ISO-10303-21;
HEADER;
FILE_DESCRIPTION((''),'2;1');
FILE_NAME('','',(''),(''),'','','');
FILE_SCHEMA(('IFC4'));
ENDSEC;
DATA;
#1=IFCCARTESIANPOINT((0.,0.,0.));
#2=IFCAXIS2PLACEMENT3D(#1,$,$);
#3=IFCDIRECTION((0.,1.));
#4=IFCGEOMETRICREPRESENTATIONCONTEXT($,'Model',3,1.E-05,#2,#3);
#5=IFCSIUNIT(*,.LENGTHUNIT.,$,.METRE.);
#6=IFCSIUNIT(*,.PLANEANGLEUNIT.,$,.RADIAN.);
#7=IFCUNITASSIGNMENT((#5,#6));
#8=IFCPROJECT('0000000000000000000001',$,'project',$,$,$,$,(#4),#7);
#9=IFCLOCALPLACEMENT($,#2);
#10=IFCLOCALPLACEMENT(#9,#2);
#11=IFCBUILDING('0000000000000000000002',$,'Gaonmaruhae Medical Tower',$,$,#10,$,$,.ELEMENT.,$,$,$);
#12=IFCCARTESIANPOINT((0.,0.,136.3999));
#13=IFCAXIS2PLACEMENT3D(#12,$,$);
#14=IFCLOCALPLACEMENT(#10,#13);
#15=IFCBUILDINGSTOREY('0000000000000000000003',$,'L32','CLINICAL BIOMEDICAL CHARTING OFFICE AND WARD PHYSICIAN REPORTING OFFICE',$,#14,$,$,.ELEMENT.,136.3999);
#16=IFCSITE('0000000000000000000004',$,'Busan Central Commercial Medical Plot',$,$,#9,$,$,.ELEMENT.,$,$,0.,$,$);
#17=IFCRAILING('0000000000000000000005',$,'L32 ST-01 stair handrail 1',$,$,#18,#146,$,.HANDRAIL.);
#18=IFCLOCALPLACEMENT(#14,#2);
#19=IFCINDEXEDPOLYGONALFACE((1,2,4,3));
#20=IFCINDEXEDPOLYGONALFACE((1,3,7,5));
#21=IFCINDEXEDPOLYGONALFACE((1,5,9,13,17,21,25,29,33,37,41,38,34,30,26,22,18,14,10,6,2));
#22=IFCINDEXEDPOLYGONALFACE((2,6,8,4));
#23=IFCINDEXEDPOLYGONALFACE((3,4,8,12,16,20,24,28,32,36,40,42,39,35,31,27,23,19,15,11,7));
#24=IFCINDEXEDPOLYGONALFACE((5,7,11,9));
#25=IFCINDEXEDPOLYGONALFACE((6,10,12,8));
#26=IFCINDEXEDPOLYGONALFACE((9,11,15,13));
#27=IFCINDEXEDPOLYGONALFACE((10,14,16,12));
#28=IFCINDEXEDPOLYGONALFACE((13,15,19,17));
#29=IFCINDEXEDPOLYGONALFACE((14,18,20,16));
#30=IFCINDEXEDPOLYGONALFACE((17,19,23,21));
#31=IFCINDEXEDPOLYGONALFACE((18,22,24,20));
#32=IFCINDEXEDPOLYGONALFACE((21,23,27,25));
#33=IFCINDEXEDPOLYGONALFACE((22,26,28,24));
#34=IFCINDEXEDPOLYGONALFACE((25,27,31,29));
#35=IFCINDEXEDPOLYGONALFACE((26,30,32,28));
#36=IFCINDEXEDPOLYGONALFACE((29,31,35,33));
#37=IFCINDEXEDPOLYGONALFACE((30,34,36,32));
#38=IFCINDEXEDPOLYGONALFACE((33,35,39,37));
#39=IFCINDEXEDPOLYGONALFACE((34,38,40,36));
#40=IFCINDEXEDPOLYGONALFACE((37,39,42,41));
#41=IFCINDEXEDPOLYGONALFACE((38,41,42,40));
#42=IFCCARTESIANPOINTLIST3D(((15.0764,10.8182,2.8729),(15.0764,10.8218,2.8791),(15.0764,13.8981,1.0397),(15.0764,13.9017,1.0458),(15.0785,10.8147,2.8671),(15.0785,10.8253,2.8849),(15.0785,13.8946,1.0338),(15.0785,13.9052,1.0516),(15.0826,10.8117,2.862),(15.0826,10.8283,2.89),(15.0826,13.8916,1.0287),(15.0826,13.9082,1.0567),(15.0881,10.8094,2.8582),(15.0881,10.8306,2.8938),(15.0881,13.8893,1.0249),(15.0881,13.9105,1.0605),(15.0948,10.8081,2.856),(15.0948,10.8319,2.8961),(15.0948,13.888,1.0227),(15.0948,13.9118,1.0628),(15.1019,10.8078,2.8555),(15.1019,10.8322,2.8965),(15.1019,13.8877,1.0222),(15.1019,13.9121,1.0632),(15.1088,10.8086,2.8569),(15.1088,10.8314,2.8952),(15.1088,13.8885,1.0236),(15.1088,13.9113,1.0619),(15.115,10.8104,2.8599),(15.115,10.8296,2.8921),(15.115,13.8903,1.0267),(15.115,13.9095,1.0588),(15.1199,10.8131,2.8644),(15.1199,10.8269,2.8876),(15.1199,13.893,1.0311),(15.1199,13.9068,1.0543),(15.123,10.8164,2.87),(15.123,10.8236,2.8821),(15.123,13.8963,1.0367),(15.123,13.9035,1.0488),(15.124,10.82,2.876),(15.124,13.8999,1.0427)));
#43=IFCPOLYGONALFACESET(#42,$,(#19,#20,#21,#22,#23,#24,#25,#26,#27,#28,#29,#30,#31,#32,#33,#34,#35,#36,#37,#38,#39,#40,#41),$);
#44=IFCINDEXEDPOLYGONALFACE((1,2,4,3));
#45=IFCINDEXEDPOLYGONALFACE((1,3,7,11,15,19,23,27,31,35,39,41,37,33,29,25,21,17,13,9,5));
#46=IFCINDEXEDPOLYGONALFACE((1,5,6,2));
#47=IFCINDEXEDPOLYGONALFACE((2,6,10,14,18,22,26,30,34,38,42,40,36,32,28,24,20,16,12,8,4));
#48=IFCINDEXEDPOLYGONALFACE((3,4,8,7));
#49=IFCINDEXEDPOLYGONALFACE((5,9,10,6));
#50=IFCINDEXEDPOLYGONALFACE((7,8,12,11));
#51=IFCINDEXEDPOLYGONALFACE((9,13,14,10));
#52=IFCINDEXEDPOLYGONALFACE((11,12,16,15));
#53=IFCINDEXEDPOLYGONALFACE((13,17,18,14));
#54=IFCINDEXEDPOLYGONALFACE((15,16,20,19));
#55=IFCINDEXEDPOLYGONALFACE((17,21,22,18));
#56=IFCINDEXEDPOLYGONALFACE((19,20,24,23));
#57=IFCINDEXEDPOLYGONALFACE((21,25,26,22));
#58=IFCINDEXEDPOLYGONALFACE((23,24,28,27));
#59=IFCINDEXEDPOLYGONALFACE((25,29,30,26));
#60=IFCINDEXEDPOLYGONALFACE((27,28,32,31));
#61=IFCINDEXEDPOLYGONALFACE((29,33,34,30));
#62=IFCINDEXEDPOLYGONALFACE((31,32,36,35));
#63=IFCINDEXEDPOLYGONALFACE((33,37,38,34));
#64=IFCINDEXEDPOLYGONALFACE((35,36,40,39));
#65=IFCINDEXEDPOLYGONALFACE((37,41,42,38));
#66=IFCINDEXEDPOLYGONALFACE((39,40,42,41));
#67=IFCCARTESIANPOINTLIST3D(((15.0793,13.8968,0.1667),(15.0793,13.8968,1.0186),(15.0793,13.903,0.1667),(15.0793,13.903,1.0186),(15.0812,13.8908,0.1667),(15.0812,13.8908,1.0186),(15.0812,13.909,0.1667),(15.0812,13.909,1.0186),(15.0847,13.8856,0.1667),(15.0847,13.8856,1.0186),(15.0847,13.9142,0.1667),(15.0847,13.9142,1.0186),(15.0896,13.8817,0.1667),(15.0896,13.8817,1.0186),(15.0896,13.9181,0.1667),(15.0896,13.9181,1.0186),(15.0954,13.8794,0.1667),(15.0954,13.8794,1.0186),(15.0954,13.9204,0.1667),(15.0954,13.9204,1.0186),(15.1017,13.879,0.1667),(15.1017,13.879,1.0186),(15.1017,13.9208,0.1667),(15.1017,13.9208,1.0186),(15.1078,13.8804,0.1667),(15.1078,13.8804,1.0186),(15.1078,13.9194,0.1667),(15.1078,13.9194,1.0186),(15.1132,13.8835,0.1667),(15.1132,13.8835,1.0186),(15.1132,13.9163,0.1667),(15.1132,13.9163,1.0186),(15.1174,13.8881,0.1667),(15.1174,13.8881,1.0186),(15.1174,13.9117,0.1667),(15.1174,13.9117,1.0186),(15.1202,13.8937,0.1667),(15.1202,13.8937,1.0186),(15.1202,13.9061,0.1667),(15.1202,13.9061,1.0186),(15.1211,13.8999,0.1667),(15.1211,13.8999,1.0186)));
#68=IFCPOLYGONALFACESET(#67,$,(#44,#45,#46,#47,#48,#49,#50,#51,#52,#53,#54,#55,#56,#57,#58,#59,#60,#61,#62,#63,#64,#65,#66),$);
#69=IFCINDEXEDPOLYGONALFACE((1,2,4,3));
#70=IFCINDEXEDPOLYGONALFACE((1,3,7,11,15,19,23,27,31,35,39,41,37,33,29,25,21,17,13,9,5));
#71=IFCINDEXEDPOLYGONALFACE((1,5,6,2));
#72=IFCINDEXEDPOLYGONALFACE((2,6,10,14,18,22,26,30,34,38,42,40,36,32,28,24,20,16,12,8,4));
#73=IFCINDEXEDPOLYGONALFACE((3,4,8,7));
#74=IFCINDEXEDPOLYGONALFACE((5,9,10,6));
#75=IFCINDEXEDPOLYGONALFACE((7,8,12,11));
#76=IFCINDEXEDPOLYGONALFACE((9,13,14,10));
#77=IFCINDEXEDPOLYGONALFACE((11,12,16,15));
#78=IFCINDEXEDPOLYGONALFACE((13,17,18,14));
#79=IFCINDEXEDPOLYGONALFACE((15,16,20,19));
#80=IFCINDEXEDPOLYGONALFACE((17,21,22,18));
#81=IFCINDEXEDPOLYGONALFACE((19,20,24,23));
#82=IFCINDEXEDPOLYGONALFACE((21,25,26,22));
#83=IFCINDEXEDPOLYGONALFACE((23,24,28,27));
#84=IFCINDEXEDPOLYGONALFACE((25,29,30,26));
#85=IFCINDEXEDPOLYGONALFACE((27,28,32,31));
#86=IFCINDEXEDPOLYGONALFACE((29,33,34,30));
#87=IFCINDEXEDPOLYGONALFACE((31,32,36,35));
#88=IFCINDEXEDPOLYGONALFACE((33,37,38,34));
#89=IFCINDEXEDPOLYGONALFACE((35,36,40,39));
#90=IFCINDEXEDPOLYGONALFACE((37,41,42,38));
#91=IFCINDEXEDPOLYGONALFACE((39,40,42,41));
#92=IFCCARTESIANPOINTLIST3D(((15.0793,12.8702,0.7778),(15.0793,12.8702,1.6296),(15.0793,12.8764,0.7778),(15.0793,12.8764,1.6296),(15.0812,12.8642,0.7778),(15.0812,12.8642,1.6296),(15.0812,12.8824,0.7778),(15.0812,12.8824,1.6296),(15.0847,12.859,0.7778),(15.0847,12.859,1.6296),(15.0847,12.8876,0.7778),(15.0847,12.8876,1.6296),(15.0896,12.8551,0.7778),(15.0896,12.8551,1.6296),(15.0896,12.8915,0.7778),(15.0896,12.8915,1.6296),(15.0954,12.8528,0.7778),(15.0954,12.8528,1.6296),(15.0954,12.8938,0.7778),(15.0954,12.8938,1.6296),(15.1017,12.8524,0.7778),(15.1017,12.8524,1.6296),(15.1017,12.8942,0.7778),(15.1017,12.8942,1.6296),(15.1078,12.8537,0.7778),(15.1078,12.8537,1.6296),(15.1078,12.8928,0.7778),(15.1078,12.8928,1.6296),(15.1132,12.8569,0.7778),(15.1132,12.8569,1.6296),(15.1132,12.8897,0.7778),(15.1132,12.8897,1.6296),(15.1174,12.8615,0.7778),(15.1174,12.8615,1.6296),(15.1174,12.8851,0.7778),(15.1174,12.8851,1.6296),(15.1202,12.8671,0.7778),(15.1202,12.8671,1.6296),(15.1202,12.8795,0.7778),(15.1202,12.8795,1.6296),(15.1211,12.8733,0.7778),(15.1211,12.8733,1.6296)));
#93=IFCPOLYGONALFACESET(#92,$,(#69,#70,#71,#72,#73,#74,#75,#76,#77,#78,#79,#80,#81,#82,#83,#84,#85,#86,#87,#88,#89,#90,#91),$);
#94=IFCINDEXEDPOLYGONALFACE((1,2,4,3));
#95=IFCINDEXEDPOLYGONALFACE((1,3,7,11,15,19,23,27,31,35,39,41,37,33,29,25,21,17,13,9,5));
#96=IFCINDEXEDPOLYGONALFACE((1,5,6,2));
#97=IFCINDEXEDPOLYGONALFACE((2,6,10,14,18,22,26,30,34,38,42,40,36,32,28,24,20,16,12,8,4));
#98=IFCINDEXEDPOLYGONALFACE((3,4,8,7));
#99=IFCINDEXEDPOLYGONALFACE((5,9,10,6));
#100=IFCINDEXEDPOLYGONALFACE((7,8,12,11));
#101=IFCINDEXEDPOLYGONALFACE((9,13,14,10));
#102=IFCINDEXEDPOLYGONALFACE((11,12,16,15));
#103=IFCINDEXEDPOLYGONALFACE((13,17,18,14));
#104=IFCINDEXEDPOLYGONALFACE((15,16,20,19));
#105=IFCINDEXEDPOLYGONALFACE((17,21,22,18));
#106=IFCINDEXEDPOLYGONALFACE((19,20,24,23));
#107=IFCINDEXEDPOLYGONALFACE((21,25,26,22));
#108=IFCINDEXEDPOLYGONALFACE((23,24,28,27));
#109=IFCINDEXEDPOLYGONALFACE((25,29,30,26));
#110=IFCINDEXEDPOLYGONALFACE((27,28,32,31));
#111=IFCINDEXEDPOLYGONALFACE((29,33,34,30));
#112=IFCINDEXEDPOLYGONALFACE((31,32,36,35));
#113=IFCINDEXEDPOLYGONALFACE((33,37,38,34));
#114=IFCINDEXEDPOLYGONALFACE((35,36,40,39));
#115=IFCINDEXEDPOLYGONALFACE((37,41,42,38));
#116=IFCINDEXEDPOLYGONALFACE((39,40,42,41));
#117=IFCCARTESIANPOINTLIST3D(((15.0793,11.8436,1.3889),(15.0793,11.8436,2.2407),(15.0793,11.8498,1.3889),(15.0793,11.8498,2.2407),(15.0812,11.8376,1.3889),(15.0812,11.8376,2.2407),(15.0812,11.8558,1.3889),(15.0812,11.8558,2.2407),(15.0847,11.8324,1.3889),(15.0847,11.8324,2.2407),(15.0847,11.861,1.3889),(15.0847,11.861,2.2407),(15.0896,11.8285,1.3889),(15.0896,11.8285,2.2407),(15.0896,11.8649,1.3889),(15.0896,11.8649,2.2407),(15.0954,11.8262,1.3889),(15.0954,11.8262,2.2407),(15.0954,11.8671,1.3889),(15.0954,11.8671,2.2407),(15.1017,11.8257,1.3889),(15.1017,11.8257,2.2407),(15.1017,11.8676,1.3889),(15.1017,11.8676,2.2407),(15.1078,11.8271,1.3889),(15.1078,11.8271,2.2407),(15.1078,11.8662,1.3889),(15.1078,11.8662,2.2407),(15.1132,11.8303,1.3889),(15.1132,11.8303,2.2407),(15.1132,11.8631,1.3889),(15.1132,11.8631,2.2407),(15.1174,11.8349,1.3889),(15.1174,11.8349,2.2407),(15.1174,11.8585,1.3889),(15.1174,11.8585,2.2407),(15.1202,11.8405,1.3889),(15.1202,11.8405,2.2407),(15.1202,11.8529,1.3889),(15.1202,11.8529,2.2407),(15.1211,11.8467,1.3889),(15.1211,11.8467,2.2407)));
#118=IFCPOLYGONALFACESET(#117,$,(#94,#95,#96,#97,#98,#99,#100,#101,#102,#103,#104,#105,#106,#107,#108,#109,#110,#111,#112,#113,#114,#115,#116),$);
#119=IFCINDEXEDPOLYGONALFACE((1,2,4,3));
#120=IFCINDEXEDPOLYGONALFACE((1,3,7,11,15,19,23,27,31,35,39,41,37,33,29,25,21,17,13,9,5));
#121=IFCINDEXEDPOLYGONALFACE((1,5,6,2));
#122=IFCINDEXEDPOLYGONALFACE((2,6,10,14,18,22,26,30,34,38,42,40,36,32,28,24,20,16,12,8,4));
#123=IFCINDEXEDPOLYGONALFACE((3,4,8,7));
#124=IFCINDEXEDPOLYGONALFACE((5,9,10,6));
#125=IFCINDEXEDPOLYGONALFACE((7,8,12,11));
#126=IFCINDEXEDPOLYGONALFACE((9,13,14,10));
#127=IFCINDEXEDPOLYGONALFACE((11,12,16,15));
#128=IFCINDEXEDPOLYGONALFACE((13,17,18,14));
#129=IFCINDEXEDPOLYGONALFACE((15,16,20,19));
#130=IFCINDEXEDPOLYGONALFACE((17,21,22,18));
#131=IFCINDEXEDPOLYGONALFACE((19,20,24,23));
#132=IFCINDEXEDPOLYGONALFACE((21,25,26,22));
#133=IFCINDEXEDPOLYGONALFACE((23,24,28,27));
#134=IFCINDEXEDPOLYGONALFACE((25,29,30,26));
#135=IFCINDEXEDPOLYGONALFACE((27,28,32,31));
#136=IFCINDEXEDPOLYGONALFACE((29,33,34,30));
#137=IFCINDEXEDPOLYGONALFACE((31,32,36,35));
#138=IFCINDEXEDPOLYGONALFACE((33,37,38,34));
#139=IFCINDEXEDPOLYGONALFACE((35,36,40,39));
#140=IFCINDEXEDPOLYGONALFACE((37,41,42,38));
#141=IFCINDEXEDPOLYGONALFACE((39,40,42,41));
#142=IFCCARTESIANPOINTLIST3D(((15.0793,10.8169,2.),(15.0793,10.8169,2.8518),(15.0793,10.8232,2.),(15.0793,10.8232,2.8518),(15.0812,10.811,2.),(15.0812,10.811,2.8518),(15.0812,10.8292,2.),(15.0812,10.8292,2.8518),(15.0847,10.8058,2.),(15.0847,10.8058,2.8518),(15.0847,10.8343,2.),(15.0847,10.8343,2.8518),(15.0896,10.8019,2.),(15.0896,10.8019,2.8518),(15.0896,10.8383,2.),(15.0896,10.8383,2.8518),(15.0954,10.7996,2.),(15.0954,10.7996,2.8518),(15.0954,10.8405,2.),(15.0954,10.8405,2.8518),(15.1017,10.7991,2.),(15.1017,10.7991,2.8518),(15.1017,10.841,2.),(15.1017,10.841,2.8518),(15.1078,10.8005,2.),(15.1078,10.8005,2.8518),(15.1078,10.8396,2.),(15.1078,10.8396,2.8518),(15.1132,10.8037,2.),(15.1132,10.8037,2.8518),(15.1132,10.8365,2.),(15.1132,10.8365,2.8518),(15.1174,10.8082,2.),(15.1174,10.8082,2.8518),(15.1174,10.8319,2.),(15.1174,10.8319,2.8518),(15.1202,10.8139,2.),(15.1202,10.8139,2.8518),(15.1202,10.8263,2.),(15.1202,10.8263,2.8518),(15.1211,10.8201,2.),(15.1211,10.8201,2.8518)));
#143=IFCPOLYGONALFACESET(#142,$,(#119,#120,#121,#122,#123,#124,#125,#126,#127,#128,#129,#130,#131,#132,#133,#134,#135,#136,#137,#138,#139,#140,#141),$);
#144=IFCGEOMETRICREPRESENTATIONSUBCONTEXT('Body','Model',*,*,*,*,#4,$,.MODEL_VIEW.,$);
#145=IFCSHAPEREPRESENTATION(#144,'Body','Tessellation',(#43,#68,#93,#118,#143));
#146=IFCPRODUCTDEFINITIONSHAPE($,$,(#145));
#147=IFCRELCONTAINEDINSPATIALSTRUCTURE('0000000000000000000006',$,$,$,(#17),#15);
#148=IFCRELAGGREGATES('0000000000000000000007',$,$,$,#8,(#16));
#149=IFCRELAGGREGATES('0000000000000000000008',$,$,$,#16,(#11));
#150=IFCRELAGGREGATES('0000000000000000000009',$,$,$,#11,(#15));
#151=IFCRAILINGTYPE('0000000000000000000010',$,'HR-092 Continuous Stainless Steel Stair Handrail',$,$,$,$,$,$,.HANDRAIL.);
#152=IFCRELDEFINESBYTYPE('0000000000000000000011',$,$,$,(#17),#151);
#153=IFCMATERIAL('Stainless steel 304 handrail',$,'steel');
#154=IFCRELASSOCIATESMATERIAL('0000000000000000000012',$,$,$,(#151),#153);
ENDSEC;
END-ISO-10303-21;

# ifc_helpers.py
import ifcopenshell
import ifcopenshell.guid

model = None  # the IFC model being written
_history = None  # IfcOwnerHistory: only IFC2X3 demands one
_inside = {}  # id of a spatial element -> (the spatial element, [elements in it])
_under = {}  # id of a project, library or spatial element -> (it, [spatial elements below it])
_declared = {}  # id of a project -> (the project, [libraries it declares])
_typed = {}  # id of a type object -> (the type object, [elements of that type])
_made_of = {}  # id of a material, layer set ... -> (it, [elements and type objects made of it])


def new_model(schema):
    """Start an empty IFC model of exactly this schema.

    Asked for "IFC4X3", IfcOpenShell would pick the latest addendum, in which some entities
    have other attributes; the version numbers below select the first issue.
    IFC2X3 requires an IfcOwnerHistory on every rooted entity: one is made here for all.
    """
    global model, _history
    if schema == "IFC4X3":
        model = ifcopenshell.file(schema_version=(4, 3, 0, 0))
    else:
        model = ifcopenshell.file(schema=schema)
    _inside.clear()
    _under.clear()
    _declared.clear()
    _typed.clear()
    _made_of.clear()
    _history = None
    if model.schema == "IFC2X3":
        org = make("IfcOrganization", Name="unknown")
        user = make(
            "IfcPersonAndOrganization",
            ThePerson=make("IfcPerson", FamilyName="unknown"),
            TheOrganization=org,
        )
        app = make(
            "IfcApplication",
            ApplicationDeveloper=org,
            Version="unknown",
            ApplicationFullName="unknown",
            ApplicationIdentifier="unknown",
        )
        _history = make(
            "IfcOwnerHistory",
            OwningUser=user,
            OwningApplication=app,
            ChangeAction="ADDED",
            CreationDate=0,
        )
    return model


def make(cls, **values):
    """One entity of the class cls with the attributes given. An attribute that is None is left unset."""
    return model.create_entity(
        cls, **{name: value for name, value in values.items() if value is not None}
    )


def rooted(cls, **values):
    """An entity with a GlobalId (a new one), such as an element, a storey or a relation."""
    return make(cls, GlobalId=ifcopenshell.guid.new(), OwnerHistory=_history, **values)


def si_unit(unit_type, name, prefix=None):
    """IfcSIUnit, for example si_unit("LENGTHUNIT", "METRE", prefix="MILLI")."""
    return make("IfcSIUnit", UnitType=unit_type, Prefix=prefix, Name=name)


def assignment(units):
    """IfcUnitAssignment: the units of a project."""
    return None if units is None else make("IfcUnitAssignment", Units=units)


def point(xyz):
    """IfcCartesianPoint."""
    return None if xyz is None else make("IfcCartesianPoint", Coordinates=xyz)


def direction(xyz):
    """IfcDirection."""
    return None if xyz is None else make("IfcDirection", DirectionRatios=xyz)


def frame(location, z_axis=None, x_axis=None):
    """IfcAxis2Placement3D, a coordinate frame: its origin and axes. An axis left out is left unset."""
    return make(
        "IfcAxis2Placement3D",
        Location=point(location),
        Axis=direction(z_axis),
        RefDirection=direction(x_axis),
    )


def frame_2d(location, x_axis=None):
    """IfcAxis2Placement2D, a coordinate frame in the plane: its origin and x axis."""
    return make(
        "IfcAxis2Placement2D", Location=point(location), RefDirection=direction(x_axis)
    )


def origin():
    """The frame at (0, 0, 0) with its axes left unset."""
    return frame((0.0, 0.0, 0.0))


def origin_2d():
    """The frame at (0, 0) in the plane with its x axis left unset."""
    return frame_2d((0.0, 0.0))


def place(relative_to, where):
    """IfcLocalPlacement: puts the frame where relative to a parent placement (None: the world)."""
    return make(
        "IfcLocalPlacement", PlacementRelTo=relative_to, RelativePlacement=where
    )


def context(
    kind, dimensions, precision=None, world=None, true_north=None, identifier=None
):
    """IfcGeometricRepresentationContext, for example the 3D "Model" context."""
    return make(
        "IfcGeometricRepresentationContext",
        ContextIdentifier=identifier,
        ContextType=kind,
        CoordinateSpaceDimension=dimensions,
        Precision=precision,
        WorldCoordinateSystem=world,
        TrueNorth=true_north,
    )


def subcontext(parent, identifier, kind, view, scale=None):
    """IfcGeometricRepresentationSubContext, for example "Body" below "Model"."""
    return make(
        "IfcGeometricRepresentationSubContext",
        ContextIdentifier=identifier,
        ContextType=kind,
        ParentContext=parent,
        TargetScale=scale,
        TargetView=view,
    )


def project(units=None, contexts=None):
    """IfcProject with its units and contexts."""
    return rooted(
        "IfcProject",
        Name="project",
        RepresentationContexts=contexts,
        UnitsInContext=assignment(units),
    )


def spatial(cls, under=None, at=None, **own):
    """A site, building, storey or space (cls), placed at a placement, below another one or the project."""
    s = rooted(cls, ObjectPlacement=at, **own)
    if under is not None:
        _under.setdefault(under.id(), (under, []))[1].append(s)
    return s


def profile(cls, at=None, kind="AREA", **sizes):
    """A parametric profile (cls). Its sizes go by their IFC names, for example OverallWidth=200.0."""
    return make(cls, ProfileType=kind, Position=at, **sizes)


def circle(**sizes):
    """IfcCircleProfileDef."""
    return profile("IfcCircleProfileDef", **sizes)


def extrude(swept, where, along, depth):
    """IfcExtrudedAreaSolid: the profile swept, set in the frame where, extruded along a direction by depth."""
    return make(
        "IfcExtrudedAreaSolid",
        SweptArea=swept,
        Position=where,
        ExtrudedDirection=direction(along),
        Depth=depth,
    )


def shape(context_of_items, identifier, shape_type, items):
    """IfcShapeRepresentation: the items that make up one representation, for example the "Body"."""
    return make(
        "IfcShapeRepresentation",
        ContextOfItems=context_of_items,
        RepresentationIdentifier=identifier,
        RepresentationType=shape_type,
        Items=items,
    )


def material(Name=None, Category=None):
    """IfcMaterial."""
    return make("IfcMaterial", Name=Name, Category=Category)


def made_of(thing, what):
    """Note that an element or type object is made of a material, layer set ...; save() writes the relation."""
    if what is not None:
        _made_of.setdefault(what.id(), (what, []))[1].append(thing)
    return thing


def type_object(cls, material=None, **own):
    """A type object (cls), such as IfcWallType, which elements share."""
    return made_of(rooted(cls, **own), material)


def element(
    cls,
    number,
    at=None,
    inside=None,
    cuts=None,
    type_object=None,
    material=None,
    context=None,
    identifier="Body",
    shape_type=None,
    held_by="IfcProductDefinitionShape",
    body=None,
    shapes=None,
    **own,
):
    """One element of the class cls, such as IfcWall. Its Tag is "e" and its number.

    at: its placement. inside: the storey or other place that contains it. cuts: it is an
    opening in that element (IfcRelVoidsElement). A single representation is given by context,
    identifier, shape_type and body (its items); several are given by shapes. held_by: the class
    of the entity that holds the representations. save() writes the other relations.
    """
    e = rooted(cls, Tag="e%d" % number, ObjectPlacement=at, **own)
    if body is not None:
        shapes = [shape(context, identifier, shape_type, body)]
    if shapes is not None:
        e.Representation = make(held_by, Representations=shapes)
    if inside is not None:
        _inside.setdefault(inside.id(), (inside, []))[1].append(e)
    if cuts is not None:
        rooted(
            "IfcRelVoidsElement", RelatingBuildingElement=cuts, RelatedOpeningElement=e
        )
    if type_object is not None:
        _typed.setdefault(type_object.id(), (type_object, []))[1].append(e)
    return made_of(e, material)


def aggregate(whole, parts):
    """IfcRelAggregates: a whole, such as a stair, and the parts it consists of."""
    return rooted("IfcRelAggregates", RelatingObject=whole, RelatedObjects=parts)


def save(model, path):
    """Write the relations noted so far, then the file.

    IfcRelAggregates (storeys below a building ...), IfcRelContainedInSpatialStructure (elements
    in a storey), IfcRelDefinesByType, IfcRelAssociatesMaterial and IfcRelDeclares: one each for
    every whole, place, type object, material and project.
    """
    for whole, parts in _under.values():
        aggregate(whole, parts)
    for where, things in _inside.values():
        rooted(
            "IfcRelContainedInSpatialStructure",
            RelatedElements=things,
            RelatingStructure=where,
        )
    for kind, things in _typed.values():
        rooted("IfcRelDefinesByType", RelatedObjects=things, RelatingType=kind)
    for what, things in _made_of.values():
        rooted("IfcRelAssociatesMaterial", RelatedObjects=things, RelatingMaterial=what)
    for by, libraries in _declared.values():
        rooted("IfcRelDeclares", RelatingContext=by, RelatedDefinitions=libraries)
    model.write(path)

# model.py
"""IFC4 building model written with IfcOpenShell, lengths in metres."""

from ifc_helpers import new_model, si_unit, direction, frame, origin, origin_2d, place, context, subcontext, project, spatial, circle, extrude, material, type_object, element, save


model = new_model("IFC4")

# Units and contexts
model_context = context("Model", 3, precision=1e-05, world=origin(), true_north=direction((0.0, 1.0)))
body_context = subcontext(model_context, "Body", "Model", "MODEL_VIEW")
ifc_project = project(units=[si_unit("LENGTHUNIT", "METRE"), si_unit("PLANEANGLEUNIT", "RADIAN")], contexts=[model_context])

# Site, building, storey
site_placement = place(None, origin())
site = spatial("IfcSite", under=ifc_project, at=site_placement, Name="Busan Central Commercial Medical Plot", CompositionType="ELEMENT", RefElevation=0.0)
building_placement = place(site_placement, origin())
building = spatial("IfcBuilding", under=site, at=building_placement, Name="Gaonmaruhae Medical Tower", CompositionType="ELEMENT")
storey_placement = place(building_placement, frame((0.0, 0.0, 136.3999)))
storey = spatial("IfcBuildingStorey", under=building, at=storey_placement, Name="L32", Description="CLINICAL BIOMEDICAL CHARTING OFFICE AND WARD PHYSICIAN REPORTING OFFICE", CompositionType="ELEMENT", Elevation=136.3999)

# Railing
ifc_material_1 = material(Name="Stainless steel 304 handrail", Category="steel")
railing_type_1 = type_object("IfcRailingType", Name="HR-092 Continuous Stainless Steel Stair Handrail", PredefinedType="HANDRAIL", material=ifc_material_1)
railing_1_placement = place(storey_placement, frame((15.1001, 13.8999, 0.1667)))
element("IfcRailing", 1, at=railing_1_placement, inside=storey, type_object=railing_type_1, Name="L32 ST-01 stair handrail 1", PredefinedType="HANDRAIL", context=body_context, shape_type="SweptSolid", body=[
    extrude(circle(Radius=0.0239, at=origin_2d()), frame((0.0, 0.0, 0.876), z_axis=(0.0, -0.859291, 0.511487), x_axis=(1.0, 0.0, 0.0)), (0.0, 0.0, 1.0), 3.5842),
    extrude(circle(Radius=0.021, at=origin_2d()), origin(), (0.0, 0.0, 1.0), 0.8518),
    extrude(circle(Radius=0.021, at=origin_2d()), frame((0.0, -1.0266, 0.6111)), (0.0, 0.0, 1.0), 0.8518),
    extrude(circle(Radius=0.021, at=origin_2d()), frame((0.0, -2.0532, 1.2222)), (0.0, 0.0, 1.0), 0.8518),
    extrude(circle(Radius=0.021, at=origin_2d()), frame((0.0, -3.0798, 1.8333)), (0.0, 0.0, 1.0), 0.8518),
])

save(model, "model.ifc")
